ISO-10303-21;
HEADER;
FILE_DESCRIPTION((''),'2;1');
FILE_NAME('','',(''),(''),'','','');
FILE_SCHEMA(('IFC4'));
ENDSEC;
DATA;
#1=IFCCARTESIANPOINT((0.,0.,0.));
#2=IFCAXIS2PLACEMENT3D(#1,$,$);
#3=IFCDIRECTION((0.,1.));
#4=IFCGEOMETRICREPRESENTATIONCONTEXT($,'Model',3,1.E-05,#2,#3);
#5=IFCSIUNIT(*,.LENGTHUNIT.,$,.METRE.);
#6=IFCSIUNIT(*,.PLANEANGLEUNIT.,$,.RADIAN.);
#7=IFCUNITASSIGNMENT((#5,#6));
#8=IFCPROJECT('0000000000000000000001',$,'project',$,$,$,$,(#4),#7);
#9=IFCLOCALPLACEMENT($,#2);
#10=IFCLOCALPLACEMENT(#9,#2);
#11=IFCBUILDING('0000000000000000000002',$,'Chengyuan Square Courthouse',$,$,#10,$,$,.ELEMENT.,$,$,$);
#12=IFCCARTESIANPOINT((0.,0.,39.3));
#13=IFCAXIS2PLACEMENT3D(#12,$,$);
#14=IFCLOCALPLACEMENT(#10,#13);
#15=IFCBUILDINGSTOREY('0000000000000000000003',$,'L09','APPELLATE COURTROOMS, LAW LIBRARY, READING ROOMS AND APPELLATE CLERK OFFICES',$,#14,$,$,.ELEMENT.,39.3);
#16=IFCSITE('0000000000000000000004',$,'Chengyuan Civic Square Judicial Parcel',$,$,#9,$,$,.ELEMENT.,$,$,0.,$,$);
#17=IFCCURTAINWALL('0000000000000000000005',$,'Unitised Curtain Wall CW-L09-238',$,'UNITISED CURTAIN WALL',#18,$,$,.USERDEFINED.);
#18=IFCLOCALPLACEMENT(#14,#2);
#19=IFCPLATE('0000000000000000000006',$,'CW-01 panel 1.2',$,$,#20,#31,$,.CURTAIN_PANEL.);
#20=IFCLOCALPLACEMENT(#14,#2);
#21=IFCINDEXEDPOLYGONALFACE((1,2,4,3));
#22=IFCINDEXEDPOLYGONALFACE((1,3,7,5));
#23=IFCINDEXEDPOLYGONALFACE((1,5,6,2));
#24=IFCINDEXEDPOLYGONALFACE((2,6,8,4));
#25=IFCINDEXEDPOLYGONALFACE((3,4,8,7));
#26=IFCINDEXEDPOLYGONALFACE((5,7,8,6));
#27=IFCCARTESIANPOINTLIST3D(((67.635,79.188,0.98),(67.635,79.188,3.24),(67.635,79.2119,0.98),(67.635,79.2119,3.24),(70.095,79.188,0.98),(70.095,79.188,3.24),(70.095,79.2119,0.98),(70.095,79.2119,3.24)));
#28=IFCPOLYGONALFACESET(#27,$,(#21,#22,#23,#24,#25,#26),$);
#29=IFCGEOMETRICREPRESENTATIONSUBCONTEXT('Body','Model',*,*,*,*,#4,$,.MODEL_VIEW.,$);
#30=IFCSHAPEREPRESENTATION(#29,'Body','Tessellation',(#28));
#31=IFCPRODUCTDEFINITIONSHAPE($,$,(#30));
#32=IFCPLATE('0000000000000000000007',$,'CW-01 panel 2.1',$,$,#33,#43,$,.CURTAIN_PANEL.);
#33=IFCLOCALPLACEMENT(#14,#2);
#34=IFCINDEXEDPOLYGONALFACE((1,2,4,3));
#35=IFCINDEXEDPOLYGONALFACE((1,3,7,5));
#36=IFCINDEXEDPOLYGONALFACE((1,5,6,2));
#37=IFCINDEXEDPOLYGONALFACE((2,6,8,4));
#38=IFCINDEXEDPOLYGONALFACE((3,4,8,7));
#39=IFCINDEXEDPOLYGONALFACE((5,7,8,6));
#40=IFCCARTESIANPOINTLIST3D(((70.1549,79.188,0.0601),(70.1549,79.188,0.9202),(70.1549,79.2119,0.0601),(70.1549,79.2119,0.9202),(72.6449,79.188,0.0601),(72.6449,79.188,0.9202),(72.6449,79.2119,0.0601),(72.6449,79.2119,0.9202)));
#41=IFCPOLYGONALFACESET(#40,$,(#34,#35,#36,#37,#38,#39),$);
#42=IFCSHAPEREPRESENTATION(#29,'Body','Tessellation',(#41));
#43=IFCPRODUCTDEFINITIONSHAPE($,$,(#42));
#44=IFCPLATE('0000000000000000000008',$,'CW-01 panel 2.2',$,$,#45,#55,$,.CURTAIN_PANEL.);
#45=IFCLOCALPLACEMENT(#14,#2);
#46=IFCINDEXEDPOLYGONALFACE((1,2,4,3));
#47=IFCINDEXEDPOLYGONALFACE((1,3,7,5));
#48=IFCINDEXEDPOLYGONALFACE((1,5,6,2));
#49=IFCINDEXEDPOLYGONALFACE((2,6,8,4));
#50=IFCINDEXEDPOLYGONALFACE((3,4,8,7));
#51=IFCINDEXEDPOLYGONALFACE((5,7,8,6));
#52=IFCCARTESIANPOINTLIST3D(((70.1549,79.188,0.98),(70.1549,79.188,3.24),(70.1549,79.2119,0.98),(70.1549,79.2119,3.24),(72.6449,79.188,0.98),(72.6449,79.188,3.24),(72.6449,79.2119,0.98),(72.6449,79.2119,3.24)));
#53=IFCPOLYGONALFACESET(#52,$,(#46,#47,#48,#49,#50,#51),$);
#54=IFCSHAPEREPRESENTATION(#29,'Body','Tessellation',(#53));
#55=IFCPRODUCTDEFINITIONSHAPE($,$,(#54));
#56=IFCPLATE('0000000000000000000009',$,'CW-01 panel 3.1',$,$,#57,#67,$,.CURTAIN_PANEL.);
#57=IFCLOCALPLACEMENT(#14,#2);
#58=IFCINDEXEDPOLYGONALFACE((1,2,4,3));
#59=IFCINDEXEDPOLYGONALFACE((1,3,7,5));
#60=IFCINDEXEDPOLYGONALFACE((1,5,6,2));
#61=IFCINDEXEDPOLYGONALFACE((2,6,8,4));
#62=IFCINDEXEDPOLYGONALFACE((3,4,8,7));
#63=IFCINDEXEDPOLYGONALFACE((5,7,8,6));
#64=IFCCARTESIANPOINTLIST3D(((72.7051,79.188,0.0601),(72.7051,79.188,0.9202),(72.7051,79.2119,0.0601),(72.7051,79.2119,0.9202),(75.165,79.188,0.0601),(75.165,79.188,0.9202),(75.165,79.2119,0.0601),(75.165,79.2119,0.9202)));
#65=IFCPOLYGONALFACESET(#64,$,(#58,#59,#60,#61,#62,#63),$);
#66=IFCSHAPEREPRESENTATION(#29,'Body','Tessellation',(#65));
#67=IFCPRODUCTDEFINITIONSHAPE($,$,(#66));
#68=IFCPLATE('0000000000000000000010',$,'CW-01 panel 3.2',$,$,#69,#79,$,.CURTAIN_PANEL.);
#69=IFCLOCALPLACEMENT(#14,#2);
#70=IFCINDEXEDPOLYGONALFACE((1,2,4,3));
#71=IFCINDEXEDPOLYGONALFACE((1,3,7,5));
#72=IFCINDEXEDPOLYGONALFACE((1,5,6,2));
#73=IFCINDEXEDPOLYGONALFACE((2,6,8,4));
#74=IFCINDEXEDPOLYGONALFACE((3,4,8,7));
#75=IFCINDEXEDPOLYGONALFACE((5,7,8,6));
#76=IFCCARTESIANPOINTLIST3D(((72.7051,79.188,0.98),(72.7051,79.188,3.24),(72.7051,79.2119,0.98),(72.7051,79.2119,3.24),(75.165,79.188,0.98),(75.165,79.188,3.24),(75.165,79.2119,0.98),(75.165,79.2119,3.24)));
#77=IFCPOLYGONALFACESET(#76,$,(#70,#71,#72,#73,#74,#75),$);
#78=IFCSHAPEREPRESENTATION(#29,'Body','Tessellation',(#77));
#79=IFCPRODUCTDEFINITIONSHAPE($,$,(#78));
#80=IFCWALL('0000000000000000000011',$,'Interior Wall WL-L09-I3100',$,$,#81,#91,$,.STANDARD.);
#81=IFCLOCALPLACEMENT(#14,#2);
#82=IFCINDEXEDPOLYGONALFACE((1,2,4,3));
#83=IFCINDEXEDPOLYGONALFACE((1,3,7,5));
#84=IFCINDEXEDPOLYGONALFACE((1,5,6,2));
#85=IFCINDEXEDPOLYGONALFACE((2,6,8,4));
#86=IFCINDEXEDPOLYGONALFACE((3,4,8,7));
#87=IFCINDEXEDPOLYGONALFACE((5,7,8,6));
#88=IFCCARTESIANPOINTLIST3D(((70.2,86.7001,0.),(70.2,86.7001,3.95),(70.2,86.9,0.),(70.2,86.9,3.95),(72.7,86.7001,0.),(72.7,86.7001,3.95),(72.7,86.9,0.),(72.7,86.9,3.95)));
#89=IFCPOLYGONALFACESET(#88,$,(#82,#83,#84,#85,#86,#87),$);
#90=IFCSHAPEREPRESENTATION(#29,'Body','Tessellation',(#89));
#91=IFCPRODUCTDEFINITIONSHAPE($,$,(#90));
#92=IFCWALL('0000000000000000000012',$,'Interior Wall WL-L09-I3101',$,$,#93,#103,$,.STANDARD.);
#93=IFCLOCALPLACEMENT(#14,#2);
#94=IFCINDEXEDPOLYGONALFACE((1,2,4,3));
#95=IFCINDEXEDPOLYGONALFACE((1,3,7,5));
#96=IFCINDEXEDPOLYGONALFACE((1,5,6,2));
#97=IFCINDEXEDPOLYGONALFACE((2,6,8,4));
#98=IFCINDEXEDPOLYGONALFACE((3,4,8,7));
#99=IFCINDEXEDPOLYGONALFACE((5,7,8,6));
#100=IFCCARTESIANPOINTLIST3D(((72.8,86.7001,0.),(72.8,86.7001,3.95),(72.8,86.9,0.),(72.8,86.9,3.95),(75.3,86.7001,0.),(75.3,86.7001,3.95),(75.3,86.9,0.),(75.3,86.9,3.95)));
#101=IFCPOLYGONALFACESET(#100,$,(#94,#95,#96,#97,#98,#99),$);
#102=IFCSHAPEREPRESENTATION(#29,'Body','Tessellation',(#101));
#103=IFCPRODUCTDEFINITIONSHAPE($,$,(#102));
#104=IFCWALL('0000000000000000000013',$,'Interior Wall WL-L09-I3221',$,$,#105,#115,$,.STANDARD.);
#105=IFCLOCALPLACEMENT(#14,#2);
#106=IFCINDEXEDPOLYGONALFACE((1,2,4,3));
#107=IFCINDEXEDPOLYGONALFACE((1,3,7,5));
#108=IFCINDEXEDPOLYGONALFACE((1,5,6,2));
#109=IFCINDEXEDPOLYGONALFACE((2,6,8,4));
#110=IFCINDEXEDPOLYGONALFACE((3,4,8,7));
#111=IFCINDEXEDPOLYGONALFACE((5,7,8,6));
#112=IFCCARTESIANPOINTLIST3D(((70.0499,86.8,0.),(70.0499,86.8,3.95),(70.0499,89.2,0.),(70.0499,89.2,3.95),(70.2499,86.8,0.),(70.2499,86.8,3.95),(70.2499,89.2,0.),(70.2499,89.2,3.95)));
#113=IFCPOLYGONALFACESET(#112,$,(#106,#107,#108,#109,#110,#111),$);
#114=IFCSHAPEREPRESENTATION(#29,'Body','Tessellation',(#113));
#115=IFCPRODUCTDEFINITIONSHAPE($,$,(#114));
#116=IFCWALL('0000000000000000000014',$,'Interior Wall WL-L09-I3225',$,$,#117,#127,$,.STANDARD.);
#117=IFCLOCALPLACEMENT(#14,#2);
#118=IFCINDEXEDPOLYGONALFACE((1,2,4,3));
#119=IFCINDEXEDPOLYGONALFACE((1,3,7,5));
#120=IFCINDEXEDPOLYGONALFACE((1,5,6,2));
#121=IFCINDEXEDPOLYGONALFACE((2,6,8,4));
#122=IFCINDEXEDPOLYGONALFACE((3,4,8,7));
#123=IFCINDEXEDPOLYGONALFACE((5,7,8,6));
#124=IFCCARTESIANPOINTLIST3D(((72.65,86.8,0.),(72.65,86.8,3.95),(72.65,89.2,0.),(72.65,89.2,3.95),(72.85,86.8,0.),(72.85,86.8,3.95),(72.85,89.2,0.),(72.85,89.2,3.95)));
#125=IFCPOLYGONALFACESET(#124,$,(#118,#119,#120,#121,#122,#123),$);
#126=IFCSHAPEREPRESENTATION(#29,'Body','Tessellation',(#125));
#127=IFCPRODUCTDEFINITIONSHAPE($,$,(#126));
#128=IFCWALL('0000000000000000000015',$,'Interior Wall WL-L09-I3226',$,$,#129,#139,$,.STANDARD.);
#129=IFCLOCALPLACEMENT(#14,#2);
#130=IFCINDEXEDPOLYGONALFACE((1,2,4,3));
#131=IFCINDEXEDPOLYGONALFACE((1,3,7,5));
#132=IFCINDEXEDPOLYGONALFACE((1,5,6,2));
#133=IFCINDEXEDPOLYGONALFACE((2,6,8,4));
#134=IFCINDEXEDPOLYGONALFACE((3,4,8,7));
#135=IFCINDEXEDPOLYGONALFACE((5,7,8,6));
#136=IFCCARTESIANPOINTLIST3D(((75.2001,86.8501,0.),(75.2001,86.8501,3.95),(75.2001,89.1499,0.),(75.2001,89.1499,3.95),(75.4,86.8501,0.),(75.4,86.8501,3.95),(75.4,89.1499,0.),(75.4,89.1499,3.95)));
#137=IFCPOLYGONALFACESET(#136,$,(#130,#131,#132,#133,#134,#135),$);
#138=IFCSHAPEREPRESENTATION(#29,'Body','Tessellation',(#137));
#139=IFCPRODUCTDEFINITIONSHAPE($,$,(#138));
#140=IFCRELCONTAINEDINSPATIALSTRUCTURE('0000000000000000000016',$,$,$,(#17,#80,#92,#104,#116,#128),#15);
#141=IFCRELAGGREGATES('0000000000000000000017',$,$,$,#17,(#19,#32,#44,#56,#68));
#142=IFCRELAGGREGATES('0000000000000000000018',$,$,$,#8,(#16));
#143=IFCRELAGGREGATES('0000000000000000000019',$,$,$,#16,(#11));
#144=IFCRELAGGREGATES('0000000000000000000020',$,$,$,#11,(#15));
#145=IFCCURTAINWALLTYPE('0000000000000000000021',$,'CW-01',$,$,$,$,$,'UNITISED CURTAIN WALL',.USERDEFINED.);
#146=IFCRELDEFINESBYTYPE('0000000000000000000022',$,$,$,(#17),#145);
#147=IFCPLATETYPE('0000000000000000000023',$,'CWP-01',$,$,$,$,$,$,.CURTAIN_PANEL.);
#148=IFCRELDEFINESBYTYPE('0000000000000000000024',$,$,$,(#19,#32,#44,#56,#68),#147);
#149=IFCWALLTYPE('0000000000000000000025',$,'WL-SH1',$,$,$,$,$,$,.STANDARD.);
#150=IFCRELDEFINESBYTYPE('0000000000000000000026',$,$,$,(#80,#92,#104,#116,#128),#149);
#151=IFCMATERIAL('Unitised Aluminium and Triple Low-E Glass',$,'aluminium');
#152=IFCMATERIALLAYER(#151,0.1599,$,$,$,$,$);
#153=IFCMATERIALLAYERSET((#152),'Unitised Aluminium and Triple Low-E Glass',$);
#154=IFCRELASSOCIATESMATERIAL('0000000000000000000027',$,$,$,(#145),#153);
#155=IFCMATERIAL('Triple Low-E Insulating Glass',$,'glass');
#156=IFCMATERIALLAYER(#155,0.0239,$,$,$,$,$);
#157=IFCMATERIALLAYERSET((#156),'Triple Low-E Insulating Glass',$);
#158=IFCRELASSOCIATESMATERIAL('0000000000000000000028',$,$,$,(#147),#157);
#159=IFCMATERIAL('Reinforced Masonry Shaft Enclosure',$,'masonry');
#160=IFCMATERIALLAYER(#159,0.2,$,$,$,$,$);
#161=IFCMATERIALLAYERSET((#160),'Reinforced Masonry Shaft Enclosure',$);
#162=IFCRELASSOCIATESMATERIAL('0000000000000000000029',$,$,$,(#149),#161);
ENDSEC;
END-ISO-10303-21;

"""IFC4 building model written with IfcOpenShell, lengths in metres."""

from ifc_helpers import new_model, si_unit, direction, frame, frame_2d, origin, origin_2d, place, context, subcontext, project, spatial, rectangle, extrude, material, layer, layer_set, type_object, element, aggregate, save


model = new_model("IFC4")

# Units and contexts
model_context = context("Model", 3, precision=1e-05, world=origin(), true_north=direction((0.0, 1.0)))
body_context = subcontext(model_context, "Body", "Model", "MODEL_VIEW")
ifc_project = project(units=[si_unit("LENGTHUNIT", "METRE"), si_unit("PLANEANGLEUNIT", "RADIAN")], contexts=[model_context])

# Site, building, storey
site_placement = place(None, origin())
site = spatial("IfcSite", under=ifc_project, at=site_placement, Name="Chengyuan Civic Square Judicial Parcel", CompositionType="ELEMENT", RefElevation=0.0)
building_placement = place(site_placement, origin())
building = spatial("IfcBuilding", under=site, at=building_placement, Name="Chengyuan Square Courthouse", CompositionType="ELEMENT")
storey_placement = place(building_placement, frame((0.0, 0.0, 39.3)))
storey = spatial("IfcBuildingStorey", under=building, at=storey_placement, Name="L09", Description="APPELLATE COURTROOMS, LAW LIBRARY, READING ROOMS AND APPELLATE CLERK OFFICES", CompositionType="ELEMENT", Elevation=39.3)

# Curtain wall, plates
ifc_material_1 = material(Name="Unitised Aluminium and Triple Low-E Glass", Category="aluminium")
ifc_layer_1 = layer(ifc_material_1, 0.1599)
ifc_layer_set_1 = layer_set([ifc_layer_1], Name="Unitised Aluminium and Triple Low-E Glass")
curtain_wall_type = type_object("IfcCurtainWallType", Name="CW-01", ElementType="UNITISED CURTAIN WALL", PredefinedType="USERDEFINED", material=ifc_layer_set_1)
curtain_wall_placement = place(storey_placement, origin())
curtain_wall = element("IfcCurtainWall", 1, at=curtain_wall_placement, inside=storey, type_object=curtain_wall_type, Name="Unitised Curtain Wall CW-L09-238", ObjectType="UNITISED CURTAIN WALL", PredefinedType="USERDEFINED")
ifc_material_2 = material(Name="Triple Low-E Insulating Glass", Category="glass")
ifc_layer_2 = layer(ifc_material_2, 0.0239)
ifc_layer_set_2 = layer_set([ifc_layer_2], Name="Triple Low-E Insulating Glass")
plate_type = type_object("IfcPlateType", Name="CWP-01", PredefinedType="CURTAIN_PANEL", material=ifc_layer_set_2)
plate_1_placement = place(storey_placement, frame((68.865, 79.2, 0.98), z_axis=(0.0, 0.0, 1.0), x_axis=(1.0, 0.0, 0.0)))
plate_1 = element("IfcPlate", 2, at=plate_1_placement, type_object=plate_type, Name="CW-01 panel 1.2", PredefinedType="CURTAIN_PANEL", context=body_context, shape_type="SweptSolid", body=[
    extrude(rectangle(XDim=2.46, YDim=0.0239, at=origin_2d()), origin(), (0.0, 0.0, 1.0), 2.26),
])
plate_2_placement = place(storey_placement, frame((71.3999, 79.2, 0.0601), z_axis=(0.0, 0.0, 1.0), x_axis=(1.0, 0.0, 0.0)))
plate_2 = element("IfcPlate", 3, at=plate_2_placement, type_object=plate_type, Name="CW-01 panel 2.1", PredefinedType="CURTAIN_PANEL", context=body_context, shape_type="SweptSolid", body=[
    extrude(rectangle(XDim=2.49, YDim=0.0239, at=origin_2d()), origin(), (0.0, 0.0, 1.0), 0.8601),
])
plate_3_placement = place(storey_placement, frame((71.3999, 79.2, 0.98), z_axis=(0.0, 0.0, 1.0), x_axis=(1.0, 0.0, 0.0)))
plate_3 = element("IfcPlate", 4, at=plate_3_placement, type_object=plate_type, Name="CW-01 panel 2.2", PredefinedType="CURTAIN_PANEL", context=body_context, shape_type="SweptSolid", body=[
    extrude(rectangle(XDim=2.49, YDim=0.0239, at=origin_2d()), origin(), (0.0, 0.0, 1.0), 2.26),
])
plate_4_placement = place(storey_placement, frame((73.9351, 79.2, 0.0601), z_axis=(0.0, 0.0, 1.0), x_axis=(1.0, 0.0, 0.0)))
plate_4 = element("IfcPlate", 5, at=plate_4_placement, type_object=plate_type, Name="CW-01 panel 3.1", PredefinedType="CURTAIN_PANEL", context=body_context, shape_type="SweptSolid", body=[
    extrude(rectangle(XDim=2.46, YDim=0.0239, at=origin_2d()), origin(), (0.0, 0.0, 1.0), 0.8601),
])
plate_5_placement = place(storey_placement, frame((73.9351, 79.2, 0.98), z_axis=(0.0, 0.0, 1.0), x_axis=(1.0, 0.0, 0.0)))
plate_5 = element("IfcPlate", 6, at=plate_5_placement, type_object=plate_type, Name="CW-01 panel 3.2", PredefinedType="CURTAIN_PANEL", context=body_context, shape_type="SweptSolid", body=[
    extrude(rectangle(XDim=2.46, YDim=0.0239, at=origin_2d()), origin(), (0.0, 0.0, 1.0), 2.26),
])
aggregate(curtain_wall, [plate_1, plate_2, plate_3, plate_4, plate_5])

# Walls
ifc_material_3 = material(Name="Reinforced Masonry Shaft Enclosure", Category="masonry")
ifc_layer_3 = layer(ifc_material_3, 0.2)
ifc_layer_set_3 = layer_set([ifc_layer_3], Name="Reinforced Masonry Shaft Enclosure")
wall_type = type_object("IfcWallType", Name="WL-SH1", PredefinedType="STANDARD", material=ifc_layer_set_3)
for number, where, z_axis, x_axis, name in (
    (7, (70.2, 86.8, 0.0), (0.0, 0.0, 1.0), (1.0, 0.0, 0.0), "Interior Wall WL-L09-I3100"),
    (8, (72.8, 86.8, 0.0), (0.0, 0.0, 1.0), (1.0, 0.0, 0.0), "Interior Wall WL-L09-I3101"),
):
    element("IfcWall", number, at=place(storey_placement, frame(where, z_axis=z_axis, x_axis=x_axis)), inside=storey, type_object=wall_type, Name=name, PredefinedType="STANDARD", context=body_context, shape_type="SweptSolid", body=[
        extrude(rectangle(XDim=2.5, YDim=0.2, at=frame_2d((1.25, 0.0))), origin(), (0.0, 0.0, 1.0), 3.95),
    ])
for number, where, z_axis, x_axis, name in (
    (9, (70.1499, 86.8, 0.0), (0.0, 0.0, 1.0), (0.0, 1.0, 0.0), "Interior Wall WL-L09-I3221"),
    (10, (72.75, 86.8, 0.0), (0.0, 0.0, 1.0), (0.0, 1.0, 0.0), "Interior Wall WL-L09-I3225"),
):
    element("IfcWall", number, at=place(storey_placement, frame(where, z_axis=z_axis, x_axis=x_axis)), inside=storey, type_object=wall_type, Name=name, PredefinedType="STANDARD", context=body_context, shape_type="SweptSolid", body=[
        extrude(rectangle(XDim=2.3999, YDim=0.2, at=frame_2d((1.2, 0.0))), origin(), (0.0, 0.0, 1.0), 3.95),
    ])
wall_placement = place(storey_placement, frame((75.3, 86.8501, 0.0), z_axis=(0.0, 0.0, 1.0), x_axis=(0.0, 1.0, 0.0)))
element("IfcWall", 11, at=wall_placement, inside=storey, type_object=wall_type, Name="Interior Wall WL-L09-I3226", PredefinedType="STANDARD", context=body_context, shape_type="SweptSolid", body=[
    extrude(rectangle(XDim=2.2998, YDim=0.2, at=frame_2d((1.1499, 0.0))), origin(), (0.0, 0.0, 1.0), 3.95),
])

save(model, "model.ifc")
